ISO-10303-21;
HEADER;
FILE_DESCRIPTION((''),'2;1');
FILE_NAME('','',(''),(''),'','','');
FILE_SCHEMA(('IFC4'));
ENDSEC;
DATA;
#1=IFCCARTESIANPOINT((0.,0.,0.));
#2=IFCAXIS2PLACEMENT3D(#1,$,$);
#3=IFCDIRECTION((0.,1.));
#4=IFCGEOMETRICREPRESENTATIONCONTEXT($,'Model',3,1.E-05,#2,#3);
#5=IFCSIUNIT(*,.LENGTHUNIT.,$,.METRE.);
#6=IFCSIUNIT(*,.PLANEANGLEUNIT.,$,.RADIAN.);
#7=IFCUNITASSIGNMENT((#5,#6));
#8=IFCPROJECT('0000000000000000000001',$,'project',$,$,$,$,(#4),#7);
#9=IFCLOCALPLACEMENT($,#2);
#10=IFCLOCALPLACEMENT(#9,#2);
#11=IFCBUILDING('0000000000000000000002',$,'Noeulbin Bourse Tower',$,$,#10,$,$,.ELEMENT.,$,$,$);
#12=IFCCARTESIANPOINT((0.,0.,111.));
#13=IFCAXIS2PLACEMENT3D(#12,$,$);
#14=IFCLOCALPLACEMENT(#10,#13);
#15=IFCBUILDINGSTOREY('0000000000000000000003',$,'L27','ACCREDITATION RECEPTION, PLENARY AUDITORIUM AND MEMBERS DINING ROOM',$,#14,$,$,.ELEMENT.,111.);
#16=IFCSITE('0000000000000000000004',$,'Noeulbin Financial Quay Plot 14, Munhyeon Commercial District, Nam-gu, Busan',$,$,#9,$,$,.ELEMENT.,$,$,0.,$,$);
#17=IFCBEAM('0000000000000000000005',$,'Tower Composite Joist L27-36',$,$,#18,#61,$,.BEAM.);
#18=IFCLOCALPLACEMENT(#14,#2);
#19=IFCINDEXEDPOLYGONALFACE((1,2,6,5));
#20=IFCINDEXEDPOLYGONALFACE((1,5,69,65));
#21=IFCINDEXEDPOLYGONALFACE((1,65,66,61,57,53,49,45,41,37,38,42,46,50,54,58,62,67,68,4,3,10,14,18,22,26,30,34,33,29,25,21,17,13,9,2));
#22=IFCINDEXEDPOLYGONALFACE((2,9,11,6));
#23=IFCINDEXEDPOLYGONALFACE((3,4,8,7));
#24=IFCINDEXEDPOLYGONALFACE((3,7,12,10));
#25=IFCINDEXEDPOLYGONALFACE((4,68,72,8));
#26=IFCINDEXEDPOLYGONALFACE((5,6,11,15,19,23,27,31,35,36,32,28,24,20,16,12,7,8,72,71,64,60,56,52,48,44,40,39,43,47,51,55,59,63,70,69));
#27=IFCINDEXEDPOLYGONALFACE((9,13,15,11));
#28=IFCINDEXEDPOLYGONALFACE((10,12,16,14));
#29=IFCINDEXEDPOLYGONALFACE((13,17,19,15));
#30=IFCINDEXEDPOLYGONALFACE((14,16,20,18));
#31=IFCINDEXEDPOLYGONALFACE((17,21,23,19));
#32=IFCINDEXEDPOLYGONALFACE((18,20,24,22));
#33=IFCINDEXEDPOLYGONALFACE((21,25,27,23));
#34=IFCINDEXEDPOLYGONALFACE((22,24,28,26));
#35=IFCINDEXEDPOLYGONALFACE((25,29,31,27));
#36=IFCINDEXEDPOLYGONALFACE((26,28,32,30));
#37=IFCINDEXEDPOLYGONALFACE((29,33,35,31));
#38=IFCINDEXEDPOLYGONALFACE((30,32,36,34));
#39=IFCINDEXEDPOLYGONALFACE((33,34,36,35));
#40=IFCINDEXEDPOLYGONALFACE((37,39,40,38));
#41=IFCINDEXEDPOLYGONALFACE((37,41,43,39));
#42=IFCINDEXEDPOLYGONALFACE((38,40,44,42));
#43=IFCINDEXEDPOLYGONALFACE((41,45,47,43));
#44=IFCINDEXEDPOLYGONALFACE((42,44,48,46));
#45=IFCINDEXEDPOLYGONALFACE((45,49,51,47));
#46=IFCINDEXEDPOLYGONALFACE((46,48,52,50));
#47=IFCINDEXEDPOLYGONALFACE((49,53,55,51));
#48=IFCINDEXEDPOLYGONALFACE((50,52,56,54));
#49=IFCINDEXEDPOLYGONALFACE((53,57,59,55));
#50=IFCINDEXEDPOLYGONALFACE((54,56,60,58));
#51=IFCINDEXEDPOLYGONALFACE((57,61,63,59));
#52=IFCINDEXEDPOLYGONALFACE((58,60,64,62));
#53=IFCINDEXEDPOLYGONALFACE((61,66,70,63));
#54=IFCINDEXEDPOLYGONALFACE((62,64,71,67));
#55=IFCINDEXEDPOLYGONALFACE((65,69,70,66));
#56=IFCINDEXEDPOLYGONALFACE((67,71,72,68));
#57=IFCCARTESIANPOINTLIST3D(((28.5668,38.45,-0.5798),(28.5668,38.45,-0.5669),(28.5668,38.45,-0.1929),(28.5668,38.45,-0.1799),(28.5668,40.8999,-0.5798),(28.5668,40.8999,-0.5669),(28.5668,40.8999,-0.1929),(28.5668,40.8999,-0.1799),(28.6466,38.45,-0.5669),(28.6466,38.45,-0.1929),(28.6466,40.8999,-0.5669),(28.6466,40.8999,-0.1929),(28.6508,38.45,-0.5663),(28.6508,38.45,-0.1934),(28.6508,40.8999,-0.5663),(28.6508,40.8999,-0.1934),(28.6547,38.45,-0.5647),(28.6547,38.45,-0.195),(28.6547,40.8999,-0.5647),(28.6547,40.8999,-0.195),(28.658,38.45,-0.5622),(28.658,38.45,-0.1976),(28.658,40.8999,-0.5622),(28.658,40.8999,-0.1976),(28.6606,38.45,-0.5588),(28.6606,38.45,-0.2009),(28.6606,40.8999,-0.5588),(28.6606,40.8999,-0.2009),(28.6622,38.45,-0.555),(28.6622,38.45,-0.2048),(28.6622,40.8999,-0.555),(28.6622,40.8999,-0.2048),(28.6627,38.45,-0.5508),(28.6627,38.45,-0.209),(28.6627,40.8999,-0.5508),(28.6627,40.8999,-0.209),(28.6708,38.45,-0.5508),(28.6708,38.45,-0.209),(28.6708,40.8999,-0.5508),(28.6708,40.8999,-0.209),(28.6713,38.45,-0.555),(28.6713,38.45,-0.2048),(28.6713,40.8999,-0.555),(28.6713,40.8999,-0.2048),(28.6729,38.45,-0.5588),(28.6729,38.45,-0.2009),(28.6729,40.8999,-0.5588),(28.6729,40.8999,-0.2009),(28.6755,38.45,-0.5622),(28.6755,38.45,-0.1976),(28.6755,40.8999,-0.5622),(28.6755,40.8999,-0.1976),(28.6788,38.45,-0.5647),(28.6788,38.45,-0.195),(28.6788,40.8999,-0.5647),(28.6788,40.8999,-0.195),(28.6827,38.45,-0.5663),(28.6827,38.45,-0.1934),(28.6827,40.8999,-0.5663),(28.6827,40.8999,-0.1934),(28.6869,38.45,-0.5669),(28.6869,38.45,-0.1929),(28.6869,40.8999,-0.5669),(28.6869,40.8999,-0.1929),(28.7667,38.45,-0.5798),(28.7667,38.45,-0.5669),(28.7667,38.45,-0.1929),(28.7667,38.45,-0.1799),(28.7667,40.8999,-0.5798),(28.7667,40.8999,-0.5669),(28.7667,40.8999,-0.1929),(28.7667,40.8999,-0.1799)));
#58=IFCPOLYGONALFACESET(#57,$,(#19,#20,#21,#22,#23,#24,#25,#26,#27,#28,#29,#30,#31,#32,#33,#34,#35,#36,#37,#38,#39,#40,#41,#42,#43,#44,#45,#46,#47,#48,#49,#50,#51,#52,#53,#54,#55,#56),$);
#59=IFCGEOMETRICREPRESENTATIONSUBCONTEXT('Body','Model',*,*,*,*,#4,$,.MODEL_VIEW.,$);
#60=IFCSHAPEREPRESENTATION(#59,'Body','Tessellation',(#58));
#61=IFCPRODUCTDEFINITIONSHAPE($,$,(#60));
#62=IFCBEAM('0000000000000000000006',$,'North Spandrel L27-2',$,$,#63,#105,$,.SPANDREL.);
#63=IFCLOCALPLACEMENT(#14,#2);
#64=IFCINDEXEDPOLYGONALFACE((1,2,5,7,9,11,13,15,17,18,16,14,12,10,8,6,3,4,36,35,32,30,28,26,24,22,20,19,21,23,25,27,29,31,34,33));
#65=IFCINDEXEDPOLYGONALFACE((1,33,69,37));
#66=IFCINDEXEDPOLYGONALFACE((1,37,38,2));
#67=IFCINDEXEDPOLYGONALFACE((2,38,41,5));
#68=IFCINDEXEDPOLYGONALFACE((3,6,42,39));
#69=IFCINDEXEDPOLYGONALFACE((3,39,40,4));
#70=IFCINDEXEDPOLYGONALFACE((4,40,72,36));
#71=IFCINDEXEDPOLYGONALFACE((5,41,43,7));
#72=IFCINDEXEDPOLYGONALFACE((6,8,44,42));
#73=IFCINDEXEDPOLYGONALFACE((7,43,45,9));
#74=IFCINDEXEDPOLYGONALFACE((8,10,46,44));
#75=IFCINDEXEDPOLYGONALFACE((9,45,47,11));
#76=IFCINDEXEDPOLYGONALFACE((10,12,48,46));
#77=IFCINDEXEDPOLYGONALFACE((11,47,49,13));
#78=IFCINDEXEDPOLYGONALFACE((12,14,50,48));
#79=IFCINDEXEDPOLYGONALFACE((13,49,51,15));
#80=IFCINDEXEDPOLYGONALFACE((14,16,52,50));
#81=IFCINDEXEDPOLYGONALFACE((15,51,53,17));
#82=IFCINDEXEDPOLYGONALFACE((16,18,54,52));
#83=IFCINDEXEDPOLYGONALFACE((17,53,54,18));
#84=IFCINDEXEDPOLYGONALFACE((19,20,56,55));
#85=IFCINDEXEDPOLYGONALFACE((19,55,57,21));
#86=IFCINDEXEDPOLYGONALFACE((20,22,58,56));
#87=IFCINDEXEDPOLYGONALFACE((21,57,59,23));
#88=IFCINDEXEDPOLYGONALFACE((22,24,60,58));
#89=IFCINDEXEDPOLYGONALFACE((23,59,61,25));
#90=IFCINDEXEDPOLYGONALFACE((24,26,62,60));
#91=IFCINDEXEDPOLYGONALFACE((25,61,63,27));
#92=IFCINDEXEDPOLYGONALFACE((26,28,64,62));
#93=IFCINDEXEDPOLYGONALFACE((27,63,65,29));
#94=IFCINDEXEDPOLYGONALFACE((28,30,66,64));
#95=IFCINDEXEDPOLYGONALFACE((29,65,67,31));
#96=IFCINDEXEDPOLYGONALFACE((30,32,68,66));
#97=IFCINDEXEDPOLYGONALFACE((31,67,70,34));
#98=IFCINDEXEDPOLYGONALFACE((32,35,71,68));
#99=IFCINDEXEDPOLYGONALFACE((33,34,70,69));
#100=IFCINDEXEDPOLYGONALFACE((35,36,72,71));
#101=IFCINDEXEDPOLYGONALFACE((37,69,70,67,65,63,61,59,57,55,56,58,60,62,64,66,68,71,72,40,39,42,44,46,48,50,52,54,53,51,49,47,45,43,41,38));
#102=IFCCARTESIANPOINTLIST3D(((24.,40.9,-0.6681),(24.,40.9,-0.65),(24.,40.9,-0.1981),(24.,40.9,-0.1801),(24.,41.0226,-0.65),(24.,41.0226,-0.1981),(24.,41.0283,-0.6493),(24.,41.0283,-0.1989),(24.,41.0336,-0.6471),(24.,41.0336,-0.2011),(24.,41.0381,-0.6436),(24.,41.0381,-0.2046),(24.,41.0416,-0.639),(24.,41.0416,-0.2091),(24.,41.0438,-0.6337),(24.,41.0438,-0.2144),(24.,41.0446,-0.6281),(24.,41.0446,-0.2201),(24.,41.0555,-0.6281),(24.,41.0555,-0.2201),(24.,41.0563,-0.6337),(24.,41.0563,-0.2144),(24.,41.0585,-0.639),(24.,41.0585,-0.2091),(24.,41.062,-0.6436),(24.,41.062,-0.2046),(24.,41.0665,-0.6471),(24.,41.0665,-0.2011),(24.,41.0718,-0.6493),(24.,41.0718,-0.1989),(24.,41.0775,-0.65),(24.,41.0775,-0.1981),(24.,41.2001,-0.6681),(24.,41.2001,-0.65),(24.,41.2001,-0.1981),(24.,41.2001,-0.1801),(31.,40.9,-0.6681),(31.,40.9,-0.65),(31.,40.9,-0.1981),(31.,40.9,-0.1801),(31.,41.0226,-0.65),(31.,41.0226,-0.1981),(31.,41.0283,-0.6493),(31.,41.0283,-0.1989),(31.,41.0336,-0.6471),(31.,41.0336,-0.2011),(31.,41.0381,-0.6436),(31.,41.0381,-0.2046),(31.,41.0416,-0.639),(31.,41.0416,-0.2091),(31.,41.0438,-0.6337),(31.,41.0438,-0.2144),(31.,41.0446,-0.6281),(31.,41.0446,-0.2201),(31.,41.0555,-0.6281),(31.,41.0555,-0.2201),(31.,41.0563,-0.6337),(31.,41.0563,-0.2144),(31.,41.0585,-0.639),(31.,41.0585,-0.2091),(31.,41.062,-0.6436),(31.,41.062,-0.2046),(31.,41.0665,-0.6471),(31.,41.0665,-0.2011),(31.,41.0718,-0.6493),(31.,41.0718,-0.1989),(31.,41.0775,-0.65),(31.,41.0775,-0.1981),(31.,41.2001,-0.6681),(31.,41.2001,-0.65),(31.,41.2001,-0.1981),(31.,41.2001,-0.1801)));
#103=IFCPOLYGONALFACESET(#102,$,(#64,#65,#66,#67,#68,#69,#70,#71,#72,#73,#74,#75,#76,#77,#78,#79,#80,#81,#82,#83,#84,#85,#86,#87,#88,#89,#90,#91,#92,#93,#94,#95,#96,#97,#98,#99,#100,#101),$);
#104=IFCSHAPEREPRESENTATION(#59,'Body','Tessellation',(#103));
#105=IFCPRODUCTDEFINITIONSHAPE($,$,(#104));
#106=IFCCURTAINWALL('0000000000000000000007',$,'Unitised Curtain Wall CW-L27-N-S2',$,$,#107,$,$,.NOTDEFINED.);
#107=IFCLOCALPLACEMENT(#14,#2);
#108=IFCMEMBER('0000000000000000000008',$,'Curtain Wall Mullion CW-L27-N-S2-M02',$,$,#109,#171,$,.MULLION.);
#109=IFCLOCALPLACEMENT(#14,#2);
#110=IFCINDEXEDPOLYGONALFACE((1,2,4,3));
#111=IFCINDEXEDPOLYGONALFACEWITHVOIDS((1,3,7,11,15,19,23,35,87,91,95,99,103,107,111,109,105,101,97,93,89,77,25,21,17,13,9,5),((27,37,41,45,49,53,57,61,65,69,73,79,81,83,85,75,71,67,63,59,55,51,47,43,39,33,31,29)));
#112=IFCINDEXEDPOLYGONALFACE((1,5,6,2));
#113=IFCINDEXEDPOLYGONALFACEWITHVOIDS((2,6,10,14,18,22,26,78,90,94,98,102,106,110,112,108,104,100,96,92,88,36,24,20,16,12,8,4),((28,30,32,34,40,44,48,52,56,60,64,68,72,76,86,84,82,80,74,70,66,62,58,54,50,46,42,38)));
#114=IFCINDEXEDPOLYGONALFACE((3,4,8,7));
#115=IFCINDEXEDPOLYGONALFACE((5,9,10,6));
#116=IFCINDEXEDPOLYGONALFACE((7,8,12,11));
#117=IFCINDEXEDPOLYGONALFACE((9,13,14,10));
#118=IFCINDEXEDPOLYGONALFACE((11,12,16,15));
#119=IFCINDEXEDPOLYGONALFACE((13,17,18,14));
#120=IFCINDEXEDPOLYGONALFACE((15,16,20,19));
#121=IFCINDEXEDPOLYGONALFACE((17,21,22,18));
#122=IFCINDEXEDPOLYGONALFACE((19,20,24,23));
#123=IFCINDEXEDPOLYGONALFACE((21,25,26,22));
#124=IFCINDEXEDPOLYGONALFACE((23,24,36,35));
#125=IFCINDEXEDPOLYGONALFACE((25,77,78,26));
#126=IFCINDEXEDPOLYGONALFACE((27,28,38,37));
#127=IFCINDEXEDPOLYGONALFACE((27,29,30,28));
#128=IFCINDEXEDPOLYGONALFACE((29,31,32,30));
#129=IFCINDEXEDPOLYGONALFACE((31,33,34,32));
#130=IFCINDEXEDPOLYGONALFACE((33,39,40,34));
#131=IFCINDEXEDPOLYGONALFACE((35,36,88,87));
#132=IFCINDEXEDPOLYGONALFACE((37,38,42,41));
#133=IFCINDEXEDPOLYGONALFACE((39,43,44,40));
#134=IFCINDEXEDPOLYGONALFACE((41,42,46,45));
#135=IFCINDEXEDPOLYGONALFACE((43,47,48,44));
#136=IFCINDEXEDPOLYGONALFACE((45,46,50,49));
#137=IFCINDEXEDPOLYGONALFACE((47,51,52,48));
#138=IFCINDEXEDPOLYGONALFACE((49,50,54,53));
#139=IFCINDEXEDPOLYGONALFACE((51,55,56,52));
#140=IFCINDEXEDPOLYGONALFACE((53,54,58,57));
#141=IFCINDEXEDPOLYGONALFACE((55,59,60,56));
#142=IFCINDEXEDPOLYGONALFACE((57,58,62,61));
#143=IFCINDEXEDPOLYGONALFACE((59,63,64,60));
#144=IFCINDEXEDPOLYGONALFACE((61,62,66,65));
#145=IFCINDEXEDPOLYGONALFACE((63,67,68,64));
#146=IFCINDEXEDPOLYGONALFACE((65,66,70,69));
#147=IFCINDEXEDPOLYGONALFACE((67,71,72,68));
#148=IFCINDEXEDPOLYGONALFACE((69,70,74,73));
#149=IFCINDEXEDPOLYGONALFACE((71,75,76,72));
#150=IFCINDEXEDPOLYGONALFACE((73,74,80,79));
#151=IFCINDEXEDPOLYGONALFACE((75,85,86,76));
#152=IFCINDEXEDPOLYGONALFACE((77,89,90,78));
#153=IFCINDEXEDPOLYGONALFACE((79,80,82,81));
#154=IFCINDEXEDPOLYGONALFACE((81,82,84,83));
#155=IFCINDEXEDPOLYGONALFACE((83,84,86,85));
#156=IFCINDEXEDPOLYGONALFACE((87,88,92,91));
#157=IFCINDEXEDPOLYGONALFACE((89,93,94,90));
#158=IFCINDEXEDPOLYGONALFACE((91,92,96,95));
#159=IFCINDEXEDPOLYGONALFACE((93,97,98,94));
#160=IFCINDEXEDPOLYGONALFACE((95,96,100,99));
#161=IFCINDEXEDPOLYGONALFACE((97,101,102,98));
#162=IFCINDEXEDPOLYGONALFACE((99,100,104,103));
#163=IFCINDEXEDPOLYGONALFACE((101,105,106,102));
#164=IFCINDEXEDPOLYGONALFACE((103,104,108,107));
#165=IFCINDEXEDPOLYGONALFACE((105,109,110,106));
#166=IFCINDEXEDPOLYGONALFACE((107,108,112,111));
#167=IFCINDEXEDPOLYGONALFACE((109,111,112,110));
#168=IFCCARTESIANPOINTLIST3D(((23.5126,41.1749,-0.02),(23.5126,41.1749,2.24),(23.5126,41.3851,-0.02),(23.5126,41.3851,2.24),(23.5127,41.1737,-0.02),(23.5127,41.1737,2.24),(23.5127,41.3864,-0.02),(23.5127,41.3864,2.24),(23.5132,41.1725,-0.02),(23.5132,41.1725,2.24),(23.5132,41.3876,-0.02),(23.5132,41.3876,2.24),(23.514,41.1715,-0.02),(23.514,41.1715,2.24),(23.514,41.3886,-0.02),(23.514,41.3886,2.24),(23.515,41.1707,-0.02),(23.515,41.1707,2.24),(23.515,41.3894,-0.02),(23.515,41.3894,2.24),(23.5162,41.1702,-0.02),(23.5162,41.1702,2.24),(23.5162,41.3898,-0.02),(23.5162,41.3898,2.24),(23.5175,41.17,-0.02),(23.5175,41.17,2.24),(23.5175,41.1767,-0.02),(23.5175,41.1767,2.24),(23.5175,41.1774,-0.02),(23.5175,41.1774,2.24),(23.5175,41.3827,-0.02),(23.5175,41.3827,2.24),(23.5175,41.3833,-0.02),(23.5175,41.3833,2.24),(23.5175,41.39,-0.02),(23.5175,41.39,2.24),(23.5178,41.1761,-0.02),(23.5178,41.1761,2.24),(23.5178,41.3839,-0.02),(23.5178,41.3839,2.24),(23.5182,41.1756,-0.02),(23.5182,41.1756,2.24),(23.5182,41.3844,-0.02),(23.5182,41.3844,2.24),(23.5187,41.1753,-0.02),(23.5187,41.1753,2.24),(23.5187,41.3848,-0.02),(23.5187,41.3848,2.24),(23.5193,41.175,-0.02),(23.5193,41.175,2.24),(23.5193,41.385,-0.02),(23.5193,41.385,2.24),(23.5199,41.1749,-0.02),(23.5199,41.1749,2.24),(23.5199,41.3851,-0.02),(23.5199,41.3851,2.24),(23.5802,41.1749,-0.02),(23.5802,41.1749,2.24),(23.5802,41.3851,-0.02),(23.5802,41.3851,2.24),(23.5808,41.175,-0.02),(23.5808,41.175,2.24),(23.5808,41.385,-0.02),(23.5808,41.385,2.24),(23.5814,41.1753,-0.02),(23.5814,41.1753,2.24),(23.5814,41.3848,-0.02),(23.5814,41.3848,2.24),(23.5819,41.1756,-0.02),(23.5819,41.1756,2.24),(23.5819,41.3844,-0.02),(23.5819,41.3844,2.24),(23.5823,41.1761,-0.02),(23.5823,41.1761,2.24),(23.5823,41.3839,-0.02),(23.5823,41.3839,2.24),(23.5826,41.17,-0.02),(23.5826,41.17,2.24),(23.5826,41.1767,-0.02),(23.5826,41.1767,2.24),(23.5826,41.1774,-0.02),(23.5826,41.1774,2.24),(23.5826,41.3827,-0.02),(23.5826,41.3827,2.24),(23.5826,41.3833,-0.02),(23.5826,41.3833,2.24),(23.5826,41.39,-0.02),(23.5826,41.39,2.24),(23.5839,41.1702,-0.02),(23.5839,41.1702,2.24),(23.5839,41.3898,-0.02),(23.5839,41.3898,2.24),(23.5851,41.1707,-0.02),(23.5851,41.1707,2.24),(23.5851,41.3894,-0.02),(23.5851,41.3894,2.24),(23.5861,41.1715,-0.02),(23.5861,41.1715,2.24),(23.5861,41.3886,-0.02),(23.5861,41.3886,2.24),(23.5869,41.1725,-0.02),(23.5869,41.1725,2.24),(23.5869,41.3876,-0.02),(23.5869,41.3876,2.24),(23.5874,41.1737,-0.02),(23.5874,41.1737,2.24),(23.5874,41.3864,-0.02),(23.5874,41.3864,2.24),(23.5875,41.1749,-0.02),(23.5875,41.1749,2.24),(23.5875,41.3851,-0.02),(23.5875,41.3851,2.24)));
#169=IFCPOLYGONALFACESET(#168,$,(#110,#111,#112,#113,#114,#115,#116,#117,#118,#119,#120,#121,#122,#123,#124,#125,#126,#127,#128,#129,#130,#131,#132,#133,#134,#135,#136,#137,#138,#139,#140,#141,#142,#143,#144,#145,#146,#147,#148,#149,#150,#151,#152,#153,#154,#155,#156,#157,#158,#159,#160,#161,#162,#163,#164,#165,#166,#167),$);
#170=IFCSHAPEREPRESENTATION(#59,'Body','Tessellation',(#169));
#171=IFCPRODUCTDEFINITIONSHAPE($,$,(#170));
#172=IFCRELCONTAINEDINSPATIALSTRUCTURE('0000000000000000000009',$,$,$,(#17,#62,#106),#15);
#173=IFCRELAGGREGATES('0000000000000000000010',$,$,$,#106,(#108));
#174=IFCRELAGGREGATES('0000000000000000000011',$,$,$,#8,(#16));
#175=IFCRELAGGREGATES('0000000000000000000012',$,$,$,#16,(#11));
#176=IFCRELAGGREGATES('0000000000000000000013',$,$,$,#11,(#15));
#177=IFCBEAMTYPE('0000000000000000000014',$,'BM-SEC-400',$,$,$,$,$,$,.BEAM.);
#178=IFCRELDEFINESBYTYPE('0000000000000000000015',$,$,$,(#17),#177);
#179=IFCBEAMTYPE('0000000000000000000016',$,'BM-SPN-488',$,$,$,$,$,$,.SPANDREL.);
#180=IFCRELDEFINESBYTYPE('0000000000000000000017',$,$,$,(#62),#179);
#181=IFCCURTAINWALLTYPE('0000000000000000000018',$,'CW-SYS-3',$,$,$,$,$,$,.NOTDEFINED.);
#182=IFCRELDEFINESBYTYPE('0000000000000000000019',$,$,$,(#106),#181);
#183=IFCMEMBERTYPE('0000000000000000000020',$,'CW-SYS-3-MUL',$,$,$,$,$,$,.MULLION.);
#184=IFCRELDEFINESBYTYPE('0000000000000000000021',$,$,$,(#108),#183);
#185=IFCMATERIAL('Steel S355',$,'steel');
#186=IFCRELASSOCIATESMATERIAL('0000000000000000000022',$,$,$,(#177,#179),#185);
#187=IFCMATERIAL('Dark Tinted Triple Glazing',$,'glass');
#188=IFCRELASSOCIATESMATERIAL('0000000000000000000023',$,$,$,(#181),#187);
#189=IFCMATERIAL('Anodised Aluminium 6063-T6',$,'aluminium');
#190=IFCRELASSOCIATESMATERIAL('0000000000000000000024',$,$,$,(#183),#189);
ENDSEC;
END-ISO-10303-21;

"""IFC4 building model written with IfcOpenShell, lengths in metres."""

from ifc_helpers import new_model, si_unit, direction, frame, origin, origin_2d, place, context, subcontext, project, spatial, hollow_rectangle, i_section, extrude, material, material_profile, profile_set, type_object, element, aggregate, save


model = new_model("IFC4")

# Units and contexts
model_context = context("Model", 3, precision=1e-05, world=origin(), true_north=direction((0.0, 1.0)))
body_context = subcontext(model_context, "Body", "Model", "MODEL_VIEW")
ifc_project = project(units=[si_unit("LENGTHUNIT", "METRE"), si_unit("PLANEANGLEUNIT", "RADIAN")], contexts=[model_context])

# Site, building, storey
site_placement = place(None, origin())
site = spatial("IfcSite", under=ifc_project, at=site_placement, Name="Noeulbin Financial Quay Plot 14, Munhyeon Commercial District, Nam-gu, Busan", CompositionType="ELEMENT", RefElevation=0.0)
building_placement = place(site_placement, origin())
building = spatial("IfcBuilding", under=site, at=building_placement, Name="Noeulbin Bourse Tower", CompositionType="ELEMENT")
storey_placement = place(building_placement, frame((0.0, 0.0, 111.0)))
storey = spatial("IfcBuildingStorey", under=building, at=storey_placement, Name="L27", Description="ACCREDITATION RECEPTION, PLENARY AUDITORIUM AND MEMBERS DINING ROOM", CompositionType="ELEMENT", Elevation=111.0)

# Shared definitions
ifc_material_1 = material(Name="Steel S355", Category="steel")

# Beams
ifc_material_profile_1 = material_profile(ifc_material_1, i_section(OverallWidth=0.2, OverallDepth=0.3999, WebThickness=0.0081, FlangeThickness=0.0129, FilletRadius=0.0161, at=origin_2d()), Name="H-400x200x8x13", Category="LoadBearing")
ifc_profile_set_1 = profile_set([ifc_material_profile_1], Name="Steel S355")
beam_type_1 = type_object("IfcBeamType", Name="BM-SEC-400", PredefinedType="BEAM", material=ifc_profile_set_1)
for number, where, z_axis, x_axis, name in (
    (1, (28.6667, 38.45, -0.3799), (0.0, 1.0, 0.0), (-1.0, 0.0, 0.0), "Tower Composite Joist L27-36"),
):
    element("IfcBeam", number, at=place(storey_placement, frame(where, z_axis=z_axis, x_axis=x_axis)), inside=storey, type_object=beam_type_1, Name=name, PredefinedType="BEAM", context=body_context, shape_type="SweptSolid", body=[
        extrude(i_section(OverallWidth=0.2, OverallDepth=0.3999, WebThickness=0.0081, FlangeThickness=0.0129, FilletRadius=0.0161, at=origin_2d()), origin(), (0.0, 0.0, 1.0), 2.45),
    ])
ifc_material_profile_2 = material_profile(ifc_material_1, i_section(OverallWidth=0.3, OverallDepth=0.488, WebThickness=0.011, FlangeThickness=0.0181, FilletRadius=0.022, at=origin_2d()), Name="H-488x300x11x18", Category="LoadBearing")
ifc_profile_set_2 = profile_set([ifc_material_profile_2], Name="Steel S355")
beam_type_2 = type_object("IfcBeamType", Name="BM-SPN-488", PredefinedType="SPANDREL", material=ifc_profile_set_2)
beam_1_placement = place(storey_placement, frame((24.0, 41.05, -0.4241), z_axis=(1.0, 0.0, 0.0), x_axis=(0.0, 1.0, 0.0)))
element("IfcBeam", 2, at=beam_1_placement, inside=storey, type_object=beam_type_2, Name="North Spandrel L27-2", PredefinedType="SPANDREL", context=body_context, shape_type="SweptSolid", body=[
    extrude(i_section(OverallWidth=0.3, OverallDepth=0.488, WebThickness=0.011, FlangeThickness=0.0181, FilletRadius=0.022, at=origin_2d()), origin(), (0.0, 0.0, 1.0), 7.0),
])

# Curtain wall, member
ifc_material_2 = material(Name="Dark Tinted Triple Glazing", Category="glass")
curtain_wall_type = type_object("IfcCurtainWallType", Name="CW-SYS-3", PredefinedType="NOTDEFINED", material=ifc_material_2)
curtain_wall_1_placement = place(storey_placement, origin())
curtain_wall_1 = element("IfcCurtainWall", 3, at=curtain_wall_1_placement, inside=storey, type_object=curtain_wall_type, Name="Unitised Curtain Wall CW-L27-N-S2", PredefinedType="NOTDEFINED")
ifc_material_3 = material(Name="Anodised Aluminium 6063-T6", Category="aluminium")
ifc_material_profile_3 = material_profile(ifc_material_3, hollow_rectangle(XDim=0.075, YDim=0.22, WallThickness=0.0049, InnerFilletRadius=0.0024, OuterFilletRadius=0.0049, at=origin_2d()), Name="ALU-MULL-75x220x5", Category="LoadBearing")
ifc_profile_set_3 = profile_set([ifc_material_profile_3], Name="Anodised Aluminium 6063-T6")
member_type_1 = type_object("IfcMemberType", Name="CW-SYS-3-MUL", PredefinedType="MULLION", material=ifc_profile_set_3)
member_1_placement = place(storey_placement, frame((23.55, 41.28, -0.02), z_axis=(0.0, 0.0, 1.0), x_axis=(1.0, 0.0, 0.0)))
member_1 = element("IfcMember", 4, at=member_1_placement, type_object=member_type_1, Name="Curtain Wall Mullion CW-L27-N-S2-M02", PredefinedType="MULLION", context=body_context, shape_type="SweptSolid", body=[
    extrude(hollow_rectangle(XDim=0.075, YDim=0.22, WallThickness=0.0049, InnerFilletRadius=0.0024, OuterFilletRadius=0.0049, at=origin_2d()), origin(), (0.0, 0.0, 1.0), 2.26),
])

aggregate(curtain_wall_1, [member_1])

save(model, "model.ifc")
